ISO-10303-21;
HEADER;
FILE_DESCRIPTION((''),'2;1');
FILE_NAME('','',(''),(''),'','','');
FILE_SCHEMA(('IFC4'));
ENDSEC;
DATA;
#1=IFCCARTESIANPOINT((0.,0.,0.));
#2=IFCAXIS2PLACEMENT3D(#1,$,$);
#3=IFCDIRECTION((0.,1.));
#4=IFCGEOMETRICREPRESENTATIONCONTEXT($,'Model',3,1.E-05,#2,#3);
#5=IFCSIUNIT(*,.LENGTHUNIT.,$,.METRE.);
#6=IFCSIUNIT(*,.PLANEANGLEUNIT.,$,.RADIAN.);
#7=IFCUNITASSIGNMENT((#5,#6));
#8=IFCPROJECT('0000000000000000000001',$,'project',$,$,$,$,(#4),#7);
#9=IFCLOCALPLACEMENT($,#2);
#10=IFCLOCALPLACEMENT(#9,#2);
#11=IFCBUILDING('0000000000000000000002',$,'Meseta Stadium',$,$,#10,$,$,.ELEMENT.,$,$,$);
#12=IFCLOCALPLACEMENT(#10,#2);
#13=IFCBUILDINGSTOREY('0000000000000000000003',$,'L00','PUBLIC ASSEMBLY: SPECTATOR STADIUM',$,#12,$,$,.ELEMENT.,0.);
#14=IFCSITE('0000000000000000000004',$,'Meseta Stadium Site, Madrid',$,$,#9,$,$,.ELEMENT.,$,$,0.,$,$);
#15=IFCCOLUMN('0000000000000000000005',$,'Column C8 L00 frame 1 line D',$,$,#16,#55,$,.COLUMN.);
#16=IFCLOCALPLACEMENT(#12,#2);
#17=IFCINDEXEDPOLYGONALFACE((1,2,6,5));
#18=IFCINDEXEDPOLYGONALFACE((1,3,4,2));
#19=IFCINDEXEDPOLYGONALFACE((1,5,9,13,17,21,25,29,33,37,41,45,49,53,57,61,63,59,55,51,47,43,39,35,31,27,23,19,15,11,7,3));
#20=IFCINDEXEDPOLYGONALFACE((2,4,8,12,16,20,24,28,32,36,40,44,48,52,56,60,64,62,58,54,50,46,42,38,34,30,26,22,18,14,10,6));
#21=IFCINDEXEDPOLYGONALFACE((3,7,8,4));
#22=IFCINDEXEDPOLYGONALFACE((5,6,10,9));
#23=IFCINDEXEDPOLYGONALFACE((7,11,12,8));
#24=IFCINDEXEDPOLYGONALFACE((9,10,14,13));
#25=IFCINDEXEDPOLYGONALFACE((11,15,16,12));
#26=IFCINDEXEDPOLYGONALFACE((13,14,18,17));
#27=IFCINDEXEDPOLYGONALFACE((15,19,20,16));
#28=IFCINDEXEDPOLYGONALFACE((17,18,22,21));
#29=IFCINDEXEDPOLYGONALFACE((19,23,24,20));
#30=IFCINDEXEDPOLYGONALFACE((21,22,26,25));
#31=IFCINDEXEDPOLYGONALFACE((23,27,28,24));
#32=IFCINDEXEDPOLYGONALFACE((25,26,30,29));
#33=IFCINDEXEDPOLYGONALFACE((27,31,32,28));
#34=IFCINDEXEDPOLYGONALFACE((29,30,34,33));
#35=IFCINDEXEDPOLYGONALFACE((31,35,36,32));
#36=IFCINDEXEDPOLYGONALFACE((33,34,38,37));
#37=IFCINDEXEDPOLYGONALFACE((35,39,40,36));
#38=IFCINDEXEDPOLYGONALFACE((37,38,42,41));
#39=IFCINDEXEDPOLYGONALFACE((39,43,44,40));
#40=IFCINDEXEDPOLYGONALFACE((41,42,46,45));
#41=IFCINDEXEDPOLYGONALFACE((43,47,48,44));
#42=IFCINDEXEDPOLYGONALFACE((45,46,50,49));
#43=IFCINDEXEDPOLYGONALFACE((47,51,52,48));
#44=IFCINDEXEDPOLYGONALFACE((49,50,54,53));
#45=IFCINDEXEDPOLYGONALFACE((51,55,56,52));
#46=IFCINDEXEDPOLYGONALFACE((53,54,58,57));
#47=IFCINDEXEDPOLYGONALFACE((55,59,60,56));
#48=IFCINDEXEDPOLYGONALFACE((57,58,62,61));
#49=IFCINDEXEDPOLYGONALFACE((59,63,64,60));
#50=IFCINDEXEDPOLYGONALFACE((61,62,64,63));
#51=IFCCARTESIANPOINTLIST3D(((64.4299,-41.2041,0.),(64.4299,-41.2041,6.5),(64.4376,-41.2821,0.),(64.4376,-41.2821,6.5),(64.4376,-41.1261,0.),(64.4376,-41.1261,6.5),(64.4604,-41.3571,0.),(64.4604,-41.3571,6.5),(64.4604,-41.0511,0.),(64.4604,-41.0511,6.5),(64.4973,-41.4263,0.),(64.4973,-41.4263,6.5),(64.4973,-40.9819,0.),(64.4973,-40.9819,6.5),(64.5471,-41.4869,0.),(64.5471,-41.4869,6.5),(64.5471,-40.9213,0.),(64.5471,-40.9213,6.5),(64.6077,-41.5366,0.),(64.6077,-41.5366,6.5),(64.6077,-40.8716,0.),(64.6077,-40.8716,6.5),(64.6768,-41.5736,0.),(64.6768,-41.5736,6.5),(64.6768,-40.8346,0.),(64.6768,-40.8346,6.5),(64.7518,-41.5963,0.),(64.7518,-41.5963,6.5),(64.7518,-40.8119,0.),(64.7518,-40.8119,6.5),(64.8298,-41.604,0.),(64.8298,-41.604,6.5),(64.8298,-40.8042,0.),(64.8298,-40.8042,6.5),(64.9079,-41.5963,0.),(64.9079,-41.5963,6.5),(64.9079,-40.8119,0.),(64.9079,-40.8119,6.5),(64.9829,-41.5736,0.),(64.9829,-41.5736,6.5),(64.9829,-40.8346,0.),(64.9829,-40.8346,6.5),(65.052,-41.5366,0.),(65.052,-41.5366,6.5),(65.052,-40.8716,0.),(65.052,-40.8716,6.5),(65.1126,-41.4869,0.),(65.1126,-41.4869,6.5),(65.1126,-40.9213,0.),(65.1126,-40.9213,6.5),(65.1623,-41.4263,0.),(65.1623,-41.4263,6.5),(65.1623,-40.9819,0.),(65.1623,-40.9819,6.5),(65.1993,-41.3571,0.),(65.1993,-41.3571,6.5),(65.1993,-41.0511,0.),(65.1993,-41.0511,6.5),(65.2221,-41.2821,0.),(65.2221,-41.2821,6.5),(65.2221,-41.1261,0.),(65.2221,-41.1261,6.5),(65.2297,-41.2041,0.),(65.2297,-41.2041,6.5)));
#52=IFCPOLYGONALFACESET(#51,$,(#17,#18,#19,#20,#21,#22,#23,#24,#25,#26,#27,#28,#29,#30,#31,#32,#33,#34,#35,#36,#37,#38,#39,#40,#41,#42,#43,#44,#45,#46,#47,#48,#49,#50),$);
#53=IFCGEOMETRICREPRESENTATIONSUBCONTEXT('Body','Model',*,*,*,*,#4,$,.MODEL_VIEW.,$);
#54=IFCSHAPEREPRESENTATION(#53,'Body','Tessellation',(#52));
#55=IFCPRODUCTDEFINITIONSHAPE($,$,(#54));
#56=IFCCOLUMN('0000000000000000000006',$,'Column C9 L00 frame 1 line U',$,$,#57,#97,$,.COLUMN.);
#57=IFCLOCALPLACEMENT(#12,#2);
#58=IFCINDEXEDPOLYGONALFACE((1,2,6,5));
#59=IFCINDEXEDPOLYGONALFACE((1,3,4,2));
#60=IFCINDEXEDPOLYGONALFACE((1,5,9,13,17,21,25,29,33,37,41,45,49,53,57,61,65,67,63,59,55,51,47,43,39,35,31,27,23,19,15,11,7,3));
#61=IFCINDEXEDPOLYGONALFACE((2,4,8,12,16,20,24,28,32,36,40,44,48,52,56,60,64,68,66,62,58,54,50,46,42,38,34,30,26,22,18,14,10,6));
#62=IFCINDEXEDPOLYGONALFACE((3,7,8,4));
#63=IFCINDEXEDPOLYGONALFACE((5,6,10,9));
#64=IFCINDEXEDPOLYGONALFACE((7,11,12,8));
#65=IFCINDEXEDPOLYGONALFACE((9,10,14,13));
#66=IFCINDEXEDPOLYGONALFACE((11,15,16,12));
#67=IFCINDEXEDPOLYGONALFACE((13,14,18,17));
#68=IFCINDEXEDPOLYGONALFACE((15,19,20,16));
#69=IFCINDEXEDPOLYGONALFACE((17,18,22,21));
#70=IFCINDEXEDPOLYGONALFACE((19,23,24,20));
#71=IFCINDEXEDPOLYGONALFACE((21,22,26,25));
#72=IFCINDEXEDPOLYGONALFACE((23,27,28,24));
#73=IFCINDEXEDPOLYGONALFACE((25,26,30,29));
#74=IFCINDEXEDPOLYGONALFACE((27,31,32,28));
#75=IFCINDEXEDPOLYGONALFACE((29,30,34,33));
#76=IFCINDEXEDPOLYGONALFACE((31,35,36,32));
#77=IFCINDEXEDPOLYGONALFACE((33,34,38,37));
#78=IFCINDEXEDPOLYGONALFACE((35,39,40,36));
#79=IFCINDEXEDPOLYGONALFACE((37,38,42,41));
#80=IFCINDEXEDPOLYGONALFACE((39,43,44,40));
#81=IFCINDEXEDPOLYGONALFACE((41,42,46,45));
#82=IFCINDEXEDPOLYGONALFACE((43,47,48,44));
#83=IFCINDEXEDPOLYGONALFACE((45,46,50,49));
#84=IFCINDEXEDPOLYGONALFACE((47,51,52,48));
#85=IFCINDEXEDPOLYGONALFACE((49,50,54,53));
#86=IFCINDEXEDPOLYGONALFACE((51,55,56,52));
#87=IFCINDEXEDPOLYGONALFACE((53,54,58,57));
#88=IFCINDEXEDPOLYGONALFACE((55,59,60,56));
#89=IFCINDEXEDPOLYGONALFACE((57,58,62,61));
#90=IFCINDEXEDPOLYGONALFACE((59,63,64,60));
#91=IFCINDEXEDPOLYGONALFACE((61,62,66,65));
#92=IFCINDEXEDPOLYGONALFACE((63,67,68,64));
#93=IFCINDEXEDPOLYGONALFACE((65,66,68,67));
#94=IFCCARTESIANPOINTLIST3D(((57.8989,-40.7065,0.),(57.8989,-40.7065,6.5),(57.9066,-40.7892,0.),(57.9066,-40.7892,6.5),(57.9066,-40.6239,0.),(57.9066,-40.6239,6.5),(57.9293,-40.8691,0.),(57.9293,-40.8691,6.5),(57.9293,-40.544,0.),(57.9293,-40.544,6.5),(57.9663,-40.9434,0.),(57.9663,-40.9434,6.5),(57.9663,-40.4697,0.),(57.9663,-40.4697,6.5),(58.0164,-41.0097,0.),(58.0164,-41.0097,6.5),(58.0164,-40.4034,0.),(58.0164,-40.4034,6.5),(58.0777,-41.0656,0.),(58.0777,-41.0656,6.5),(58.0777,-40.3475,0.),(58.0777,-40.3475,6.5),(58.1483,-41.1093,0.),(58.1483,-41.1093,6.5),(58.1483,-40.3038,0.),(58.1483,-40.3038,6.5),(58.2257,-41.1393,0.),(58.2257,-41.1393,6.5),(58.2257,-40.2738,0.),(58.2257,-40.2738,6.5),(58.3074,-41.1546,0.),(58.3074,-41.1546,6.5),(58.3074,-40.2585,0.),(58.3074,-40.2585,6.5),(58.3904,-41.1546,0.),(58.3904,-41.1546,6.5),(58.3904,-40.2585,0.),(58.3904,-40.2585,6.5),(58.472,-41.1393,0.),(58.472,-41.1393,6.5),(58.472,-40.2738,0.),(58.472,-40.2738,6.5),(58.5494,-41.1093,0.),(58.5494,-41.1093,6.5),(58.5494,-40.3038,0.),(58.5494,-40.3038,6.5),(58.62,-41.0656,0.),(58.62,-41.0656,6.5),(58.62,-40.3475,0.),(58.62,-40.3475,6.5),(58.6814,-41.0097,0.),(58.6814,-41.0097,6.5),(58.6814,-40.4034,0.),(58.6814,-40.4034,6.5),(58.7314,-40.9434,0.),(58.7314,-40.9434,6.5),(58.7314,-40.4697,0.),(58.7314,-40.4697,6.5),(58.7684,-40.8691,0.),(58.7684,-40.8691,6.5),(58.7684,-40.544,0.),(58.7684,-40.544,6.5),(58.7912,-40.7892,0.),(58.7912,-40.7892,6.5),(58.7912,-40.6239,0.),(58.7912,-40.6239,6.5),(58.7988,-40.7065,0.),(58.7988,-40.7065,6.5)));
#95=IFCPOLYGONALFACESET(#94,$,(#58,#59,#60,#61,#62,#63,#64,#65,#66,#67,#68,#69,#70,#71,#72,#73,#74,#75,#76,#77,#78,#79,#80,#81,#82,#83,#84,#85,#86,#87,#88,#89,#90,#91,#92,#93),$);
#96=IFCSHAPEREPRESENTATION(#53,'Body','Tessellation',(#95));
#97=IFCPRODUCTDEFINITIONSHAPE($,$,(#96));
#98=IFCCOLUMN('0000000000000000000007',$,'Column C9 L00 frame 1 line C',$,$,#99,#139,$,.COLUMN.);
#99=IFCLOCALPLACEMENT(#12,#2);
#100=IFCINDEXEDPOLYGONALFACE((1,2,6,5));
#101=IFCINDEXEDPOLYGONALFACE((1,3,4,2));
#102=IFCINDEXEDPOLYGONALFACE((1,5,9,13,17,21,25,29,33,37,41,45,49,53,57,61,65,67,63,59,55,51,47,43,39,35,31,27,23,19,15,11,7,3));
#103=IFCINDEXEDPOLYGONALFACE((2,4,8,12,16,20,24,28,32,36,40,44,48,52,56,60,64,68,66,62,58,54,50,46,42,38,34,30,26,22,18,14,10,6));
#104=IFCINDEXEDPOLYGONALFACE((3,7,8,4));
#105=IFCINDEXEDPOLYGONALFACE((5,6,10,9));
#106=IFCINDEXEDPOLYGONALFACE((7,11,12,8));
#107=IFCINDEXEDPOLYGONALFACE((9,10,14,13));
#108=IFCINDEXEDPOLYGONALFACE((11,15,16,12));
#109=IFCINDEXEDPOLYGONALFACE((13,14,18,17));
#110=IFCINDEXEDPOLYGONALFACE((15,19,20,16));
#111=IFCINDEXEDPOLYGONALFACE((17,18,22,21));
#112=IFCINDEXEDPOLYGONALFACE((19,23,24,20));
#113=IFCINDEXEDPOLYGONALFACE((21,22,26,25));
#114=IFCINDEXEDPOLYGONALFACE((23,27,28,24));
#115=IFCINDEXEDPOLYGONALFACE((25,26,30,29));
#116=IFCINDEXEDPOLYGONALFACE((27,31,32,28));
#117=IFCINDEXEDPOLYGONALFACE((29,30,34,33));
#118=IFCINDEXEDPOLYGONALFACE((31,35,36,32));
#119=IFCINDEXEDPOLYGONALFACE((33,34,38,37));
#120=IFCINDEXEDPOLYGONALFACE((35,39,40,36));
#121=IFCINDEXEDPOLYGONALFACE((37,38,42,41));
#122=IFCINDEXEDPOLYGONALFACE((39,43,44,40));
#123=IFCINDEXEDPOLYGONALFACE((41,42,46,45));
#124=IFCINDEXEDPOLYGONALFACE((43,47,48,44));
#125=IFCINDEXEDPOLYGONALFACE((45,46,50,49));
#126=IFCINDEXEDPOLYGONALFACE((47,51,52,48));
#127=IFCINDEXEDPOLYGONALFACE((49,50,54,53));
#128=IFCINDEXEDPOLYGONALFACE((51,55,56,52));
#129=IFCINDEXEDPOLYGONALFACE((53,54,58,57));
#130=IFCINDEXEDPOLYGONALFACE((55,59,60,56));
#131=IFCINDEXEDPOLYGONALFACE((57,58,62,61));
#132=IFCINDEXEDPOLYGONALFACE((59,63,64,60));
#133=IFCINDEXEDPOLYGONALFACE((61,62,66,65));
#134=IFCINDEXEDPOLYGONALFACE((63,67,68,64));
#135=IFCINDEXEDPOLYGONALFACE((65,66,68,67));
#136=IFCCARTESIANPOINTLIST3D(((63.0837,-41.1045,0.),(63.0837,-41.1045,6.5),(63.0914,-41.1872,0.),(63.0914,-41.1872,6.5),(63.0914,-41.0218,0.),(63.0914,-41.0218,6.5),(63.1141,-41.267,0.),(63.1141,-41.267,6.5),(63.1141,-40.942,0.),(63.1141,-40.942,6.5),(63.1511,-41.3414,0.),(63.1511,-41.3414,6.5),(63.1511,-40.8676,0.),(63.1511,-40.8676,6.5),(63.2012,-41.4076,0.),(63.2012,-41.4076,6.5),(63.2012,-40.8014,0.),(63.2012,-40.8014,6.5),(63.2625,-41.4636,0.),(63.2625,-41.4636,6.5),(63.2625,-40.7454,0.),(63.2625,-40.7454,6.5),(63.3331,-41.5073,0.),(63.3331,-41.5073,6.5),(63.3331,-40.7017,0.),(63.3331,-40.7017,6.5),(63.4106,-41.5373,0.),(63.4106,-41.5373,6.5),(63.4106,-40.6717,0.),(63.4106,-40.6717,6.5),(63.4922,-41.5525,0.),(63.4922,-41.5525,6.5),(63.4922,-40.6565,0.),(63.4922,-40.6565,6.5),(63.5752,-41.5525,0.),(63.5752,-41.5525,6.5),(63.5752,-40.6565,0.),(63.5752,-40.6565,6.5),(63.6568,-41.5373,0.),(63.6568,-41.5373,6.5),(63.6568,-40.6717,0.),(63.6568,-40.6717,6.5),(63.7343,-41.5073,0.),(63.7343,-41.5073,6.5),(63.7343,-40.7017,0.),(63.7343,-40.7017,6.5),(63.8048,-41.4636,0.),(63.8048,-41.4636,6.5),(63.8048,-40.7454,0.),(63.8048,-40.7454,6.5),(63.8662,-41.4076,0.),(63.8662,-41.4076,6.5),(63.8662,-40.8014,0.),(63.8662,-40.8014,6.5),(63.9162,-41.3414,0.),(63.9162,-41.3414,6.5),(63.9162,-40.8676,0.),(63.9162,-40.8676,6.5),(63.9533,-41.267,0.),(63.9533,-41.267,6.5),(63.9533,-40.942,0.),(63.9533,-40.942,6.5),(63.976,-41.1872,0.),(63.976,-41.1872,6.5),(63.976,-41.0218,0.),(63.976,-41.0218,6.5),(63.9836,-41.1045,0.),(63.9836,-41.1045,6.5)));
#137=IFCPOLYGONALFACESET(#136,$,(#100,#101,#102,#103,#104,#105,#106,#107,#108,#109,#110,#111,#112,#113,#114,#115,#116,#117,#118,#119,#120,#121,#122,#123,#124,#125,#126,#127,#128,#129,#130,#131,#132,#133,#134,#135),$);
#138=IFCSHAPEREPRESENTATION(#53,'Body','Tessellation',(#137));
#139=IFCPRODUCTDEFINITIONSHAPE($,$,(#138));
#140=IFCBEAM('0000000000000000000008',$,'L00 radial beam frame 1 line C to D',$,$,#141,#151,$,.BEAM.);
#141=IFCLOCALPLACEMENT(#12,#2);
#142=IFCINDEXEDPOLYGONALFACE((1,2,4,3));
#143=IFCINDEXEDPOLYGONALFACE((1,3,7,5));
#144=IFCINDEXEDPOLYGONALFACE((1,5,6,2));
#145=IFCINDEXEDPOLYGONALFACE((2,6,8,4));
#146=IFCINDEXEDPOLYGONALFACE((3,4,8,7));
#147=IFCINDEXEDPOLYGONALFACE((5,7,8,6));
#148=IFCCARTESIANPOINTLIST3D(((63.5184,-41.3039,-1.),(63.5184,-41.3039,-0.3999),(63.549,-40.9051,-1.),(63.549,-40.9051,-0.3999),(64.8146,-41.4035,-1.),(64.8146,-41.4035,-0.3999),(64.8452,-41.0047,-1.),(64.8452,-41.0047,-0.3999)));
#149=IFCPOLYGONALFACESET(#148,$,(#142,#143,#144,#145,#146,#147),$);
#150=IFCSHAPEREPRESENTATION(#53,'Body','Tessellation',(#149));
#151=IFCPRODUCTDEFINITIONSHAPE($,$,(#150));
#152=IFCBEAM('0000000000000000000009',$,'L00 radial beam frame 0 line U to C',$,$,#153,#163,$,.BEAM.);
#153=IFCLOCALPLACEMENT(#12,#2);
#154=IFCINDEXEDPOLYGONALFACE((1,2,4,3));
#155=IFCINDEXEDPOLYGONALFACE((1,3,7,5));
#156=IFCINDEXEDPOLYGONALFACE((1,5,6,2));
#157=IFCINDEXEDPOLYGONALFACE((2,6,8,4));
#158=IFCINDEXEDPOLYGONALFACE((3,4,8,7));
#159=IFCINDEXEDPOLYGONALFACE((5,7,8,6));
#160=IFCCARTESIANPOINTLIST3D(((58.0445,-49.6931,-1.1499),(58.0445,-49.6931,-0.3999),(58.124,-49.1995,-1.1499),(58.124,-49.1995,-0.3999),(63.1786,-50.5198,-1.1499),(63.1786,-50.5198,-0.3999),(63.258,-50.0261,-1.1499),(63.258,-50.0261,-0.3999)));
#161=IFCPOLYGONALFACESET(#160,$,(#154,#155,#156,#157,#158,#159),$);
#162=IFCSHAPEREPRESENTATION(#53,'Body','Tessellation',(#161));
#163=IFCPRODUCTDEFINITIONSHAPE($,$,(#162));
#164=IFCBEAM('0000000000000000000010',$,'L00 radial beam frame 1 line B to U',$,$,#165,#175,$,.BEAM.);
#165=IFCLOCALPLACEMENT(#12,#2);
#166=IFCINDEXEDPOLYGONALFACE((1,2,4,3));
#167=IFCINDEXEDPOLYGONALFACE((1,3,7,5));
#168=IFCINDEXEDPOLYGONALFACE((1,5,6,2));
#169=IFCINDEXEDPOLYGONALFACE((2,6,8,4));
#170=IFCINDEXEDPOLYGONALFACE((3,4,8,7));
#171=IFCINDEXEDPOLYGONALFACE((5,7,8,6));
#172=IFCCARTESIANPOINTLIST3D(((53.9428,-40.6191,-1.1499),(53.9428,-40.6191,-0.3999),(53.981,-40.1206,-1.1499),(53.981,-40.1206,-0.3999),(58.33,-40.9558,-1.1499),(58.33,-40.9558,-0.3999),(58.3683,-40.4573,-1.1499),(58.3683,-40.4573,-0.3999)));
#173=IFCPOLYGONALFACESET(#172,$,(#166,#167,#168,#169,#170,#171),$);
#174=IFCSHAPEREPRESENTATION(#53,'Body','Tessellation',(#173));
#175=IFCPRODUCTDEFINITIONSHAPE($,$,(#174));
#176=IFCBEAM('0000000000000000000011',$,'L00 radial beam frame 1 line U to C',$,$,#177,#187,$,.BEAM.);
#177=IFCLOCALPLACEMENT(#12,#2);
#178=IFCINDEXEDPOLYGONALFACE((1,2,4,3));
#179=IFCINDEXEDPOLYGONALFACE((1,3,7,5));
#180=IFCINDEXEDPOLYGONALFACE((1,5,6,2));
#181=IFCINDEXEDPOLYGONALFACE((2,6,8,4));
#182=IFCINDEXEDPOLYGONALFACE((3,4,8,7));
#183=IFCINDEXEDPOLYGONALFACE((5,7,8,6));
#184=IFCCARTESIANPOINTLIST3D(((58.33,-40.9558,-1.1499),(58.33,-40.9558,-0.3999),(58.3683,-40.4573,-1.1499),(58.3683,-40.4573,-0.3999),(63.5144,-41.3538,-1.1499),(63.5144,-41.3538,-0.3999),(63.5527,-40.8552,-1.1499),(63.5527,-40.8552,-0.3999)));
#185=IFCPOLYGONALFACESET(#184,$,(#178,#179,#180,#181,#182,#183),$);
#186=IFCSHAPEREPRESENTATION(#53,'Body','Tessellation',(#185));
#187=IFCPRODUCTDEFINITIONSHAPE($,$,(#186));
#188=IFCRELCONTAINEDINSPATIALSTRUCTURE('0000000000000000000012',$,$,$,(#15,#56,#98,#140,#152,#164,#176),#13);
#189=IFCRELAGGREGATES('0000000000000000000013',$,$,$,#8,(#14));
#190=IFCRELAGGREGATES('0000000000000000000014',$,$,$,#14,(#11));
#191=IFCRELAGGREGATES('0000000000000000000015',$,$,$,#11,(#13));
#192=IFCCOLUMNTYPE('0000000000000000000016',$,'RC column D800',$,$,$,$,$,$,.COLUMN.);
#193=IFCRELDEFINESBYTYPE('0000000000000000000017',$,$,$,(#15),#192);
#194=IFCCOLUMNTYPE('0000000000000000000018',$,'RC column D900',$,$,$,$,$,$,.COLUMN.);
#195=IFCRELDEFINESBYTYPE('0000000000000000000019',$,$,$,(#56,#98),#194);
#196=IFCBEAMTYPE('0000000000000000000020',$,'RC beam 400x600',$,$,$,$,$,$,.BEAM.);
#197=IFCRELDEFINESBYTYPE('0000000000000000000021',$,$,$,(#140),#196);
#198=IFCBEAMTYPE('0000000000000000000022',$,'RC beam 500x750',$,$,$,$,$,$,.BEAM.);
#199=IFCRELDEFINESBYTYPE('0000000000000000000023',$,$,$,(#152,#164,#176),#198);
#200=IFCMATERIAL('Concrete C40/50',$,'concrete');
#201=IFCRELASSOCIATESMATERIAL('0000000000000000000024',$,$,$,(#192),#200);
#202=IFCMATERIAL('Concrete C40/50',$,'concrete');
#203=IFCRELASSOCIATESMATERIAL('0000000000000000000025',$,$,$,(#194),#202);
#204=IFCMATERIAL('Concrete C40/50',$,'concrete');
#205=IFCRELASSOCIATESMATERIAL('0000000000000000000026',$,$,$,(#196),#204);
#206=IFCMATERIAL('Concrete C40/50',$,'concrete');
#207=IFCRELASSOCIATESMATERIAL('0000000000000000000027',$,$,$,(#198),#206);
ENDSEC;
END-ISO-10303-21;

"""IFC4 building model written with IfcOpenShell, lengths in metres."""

from ifc_helpers import new_model, si_unit, direction, frame, origin, origin_2d, place, context, subcontext, project, spatial, rectangle, circle, extrude, material, material_profile, profile_set, type_object, element, save


model = new_model("IFC4")

# Units and contexts
model_context = context("Model", 3, precision=1e-05, world=origin(), true_north=direction((0.0, 1.0)))
body_context = subcontext(model_context, "Body", "Model", "MODEL_VIEW")
ifc_project = project(units=[si_unit("LENGTHUNIT", "METRE"), si_unit("PLANEANGLEUNIT", "RADIAN")], contexts=[model_context])

# Site, building, storey
site_placement = place(None, origin())
site = spatial("IfcSite", under=ifc_project, at=site_placement, Name="Meseta Stadium Site, Madrid", CompositionType="ELEMENT", RefElevation=0.0)
building_placement = place(site_placement, origin())
building = spatial("IfcBuilding", under=site, at=building_placement, Name="Meseta Stadium", CompositionType="ELEMENT")
storey_placement = place(building_placement, origin())
storey = spatial("IfcBuildingStorey", under=building, at=storey_placement, Name="L00", Description="PUBLIC ASSEMBLY: SPECTATOR STADIUM", CompositionType="ELEMENT", Elevation=0.0)

# Columns
ifc_material_1 = material(Name="Concrete C40/50", Category="concrete")
ifc_material_profile_1 = material_profile(ifc_material_1, circle(Radius=0.3999, at=origin_2d()), Name="RC D800")
ifc_profile_set_1 = profile_set([ifc_material_profile_1], Name="Concrete C40/50")
column_type_1 = type_object("IfcColumnType", Name="RC column D800", PredefinedType="COLUMN", material=ifc_profile_set_1)
column_placement = place(storey_placement, frame((64.8298, -41.2041, 0.0), z_axis=(0.0, 0.0, 1.0), x_axis=(1.0, 0.0, 0.0)))
element("IfcColumn", 1, at=column_placement, inside=storey, type_object=column_type_1, Name="Column C8 L00 frame 1 line D", PredefinedType="COLUMN", context=body_context, shape_type="SweptSolid", body=[
    extrude(circle(Radius=0.3999, at=origin_2d()), origin(), (0.0, 0.0, 1.0), 6.5),
])
ifc_material_2 = material(Name="Concrete C40/50", Category="concrete")
ifc_material_profile_2 = material_profile(ifc_material_2, circle(Radius=0.45, at=origin_2d()), Name="RC D900")
ifc_profile_set_2 = profile_set([ifc_material_profile_2], Name="Concrete C40/50")
column_type_2 = type_object("IfcColumnType", Name="RC column D900", PredefinedType="COLUMN", material=ifc_profile_set_2)
for number, where, z_axis, x_axis, name in (
    (2, (58.3489, -40.7065, 0.0), (0.0, 0.0, 1.0), (1.0, 0.0, 0.0), "Column C9 L00 frame 1 line U"),
    (3, (63.5337, -41.1045, 0.0), (0.0, 0.0, 1.0), (1.0, 0.0, 0.0), "Column C9 L00 frame 1 line C"),
):
    element("IfcColumn", number, at=place(storey_placement, frame(where, z_axis=z_axis, x_axis=x_axis)), inside=storey, type_object=column_type_2, Name=name, PredefinedType="COLUMN", context=body_context, shape_type="SweptSolid", body=[
        extrude(circle(Radius=0.45, at=origin_2d()), origin(), (0.0, 0.0, 1.0), 6.5),
    ])

# Beams
ifc_material_3 = material(Name="Concrete C40/50", Category="concrete")
ifc_material_profile_3 = material_profile(ifc_material_3, rectangle(XDim=0.3999, YDim=0.6001, at=origin_2d()), Name="RC 400x600")
ifc_profile_set_3 = profile_set([ifc_material_profile_3], Name="Concrete C40/50")
beam_type_1 = type_object("IfcBeamType", Name="RC beam 400x600", PredefinedType="BEAM", material=ifc_profile_set_3)
beam_1_placement = place(storey_placement, frame((63.5337, -41.1045, -0.7), z_axis=(0.99706, -0.076625, 0.0), x_axis=(0.076625, 0.99706, 0.0)))
element("IfcBeam", 4, at=beam_1_placement, inside=storey, type_object=beam_type_1, Name="L00 radial beam frame 1 line C to D", PredefinedType="BEAM", context=body_context, shape_type="SweptSolid", body=[
    extrude(rectangle(XDim=0.3999, YDim=0.6001, at=origin_2d()), origin(), (0.0, 0.0, 1.0), 1.3),
])
ifc_material_4 = material(Name="Concrete C40/50", Category="concrete")
ifc_material_profile_4 = material_profile(ifc_material_4, rectangle(XDim=0.5, YDim=0.75, at=origin_2d()), Name="RC 500x750")
ifc_profile_set_4 = profile_set([ifc_material_profile_4], Name="Concrete C40/50")
beam_type_2 = type_object("IfcBeamType", Name="RC beam 500x750", PredefinedType="BEAM", material=ifc_profile_set_4)
beam_2_placement = place(storey_placement, frame((58.0842, -49.4463, -0.7749), z_axis=(0.987284, -0.158968, 0.0), x_axis=(0.158968, 0.987284, 0.0)))
element("IfcBeam", 5, at=beam_2_placement, inside=storey, type_object=beam_type_2, Name="L00 radial beam frame 0 line U to C", PredefinedType="BEAM", context=body_context, shape_type="SweptSolid", body=[
    extrude(rectangle(XDim=0.5, YDim=0.75, at=origin_2d()), origin(), (0.0, 0.0, 1.0), 5.2002),
])
beam_3_placement = place(storey_placement, frame((53.9619, -40.3699, -0.7749), z_axis=(0.997069, -0.076514, 0.0), x_axis=(0.076514, 0.997069, 0.0)))
element("IfcBeam", 6, at=beam_3_placement, inside=storey, type_object=beam_type_2, Name="L00 radial beam frame 1 line B to U", PredefinedType="BEAM", context=body_context, shape_type="SweptSolid", body=[
    extrude(rectangle(XDim=0.5, YDim=0.75, at=origin_2d()), origin(), (0.0, 0.0, 1.0), 4.4001),
])
beam_4_placement = place(storey_placement, frame((58.3491, -40.7065, -0.7749), z_axis=(0.997067, -0.076531, 0.0), x_axis=(0.076531, 0.997067, 0.0)))
element("IfcBeam", 7, at=beam_4_placement, inside=storey, type_object=beam_type_2, Name="L00 radial beam frame 1 line U to C", PredefinedType="BEAM", context=body_context, shape_type="SweptSolid", body=[
    extrude(rectangle(XDim=0.5, YDim=0.75, at=origin_2d()), origin(), (0.0, 0.0, 1.0), 5.1997),
])

save(model, "model.ifc")
